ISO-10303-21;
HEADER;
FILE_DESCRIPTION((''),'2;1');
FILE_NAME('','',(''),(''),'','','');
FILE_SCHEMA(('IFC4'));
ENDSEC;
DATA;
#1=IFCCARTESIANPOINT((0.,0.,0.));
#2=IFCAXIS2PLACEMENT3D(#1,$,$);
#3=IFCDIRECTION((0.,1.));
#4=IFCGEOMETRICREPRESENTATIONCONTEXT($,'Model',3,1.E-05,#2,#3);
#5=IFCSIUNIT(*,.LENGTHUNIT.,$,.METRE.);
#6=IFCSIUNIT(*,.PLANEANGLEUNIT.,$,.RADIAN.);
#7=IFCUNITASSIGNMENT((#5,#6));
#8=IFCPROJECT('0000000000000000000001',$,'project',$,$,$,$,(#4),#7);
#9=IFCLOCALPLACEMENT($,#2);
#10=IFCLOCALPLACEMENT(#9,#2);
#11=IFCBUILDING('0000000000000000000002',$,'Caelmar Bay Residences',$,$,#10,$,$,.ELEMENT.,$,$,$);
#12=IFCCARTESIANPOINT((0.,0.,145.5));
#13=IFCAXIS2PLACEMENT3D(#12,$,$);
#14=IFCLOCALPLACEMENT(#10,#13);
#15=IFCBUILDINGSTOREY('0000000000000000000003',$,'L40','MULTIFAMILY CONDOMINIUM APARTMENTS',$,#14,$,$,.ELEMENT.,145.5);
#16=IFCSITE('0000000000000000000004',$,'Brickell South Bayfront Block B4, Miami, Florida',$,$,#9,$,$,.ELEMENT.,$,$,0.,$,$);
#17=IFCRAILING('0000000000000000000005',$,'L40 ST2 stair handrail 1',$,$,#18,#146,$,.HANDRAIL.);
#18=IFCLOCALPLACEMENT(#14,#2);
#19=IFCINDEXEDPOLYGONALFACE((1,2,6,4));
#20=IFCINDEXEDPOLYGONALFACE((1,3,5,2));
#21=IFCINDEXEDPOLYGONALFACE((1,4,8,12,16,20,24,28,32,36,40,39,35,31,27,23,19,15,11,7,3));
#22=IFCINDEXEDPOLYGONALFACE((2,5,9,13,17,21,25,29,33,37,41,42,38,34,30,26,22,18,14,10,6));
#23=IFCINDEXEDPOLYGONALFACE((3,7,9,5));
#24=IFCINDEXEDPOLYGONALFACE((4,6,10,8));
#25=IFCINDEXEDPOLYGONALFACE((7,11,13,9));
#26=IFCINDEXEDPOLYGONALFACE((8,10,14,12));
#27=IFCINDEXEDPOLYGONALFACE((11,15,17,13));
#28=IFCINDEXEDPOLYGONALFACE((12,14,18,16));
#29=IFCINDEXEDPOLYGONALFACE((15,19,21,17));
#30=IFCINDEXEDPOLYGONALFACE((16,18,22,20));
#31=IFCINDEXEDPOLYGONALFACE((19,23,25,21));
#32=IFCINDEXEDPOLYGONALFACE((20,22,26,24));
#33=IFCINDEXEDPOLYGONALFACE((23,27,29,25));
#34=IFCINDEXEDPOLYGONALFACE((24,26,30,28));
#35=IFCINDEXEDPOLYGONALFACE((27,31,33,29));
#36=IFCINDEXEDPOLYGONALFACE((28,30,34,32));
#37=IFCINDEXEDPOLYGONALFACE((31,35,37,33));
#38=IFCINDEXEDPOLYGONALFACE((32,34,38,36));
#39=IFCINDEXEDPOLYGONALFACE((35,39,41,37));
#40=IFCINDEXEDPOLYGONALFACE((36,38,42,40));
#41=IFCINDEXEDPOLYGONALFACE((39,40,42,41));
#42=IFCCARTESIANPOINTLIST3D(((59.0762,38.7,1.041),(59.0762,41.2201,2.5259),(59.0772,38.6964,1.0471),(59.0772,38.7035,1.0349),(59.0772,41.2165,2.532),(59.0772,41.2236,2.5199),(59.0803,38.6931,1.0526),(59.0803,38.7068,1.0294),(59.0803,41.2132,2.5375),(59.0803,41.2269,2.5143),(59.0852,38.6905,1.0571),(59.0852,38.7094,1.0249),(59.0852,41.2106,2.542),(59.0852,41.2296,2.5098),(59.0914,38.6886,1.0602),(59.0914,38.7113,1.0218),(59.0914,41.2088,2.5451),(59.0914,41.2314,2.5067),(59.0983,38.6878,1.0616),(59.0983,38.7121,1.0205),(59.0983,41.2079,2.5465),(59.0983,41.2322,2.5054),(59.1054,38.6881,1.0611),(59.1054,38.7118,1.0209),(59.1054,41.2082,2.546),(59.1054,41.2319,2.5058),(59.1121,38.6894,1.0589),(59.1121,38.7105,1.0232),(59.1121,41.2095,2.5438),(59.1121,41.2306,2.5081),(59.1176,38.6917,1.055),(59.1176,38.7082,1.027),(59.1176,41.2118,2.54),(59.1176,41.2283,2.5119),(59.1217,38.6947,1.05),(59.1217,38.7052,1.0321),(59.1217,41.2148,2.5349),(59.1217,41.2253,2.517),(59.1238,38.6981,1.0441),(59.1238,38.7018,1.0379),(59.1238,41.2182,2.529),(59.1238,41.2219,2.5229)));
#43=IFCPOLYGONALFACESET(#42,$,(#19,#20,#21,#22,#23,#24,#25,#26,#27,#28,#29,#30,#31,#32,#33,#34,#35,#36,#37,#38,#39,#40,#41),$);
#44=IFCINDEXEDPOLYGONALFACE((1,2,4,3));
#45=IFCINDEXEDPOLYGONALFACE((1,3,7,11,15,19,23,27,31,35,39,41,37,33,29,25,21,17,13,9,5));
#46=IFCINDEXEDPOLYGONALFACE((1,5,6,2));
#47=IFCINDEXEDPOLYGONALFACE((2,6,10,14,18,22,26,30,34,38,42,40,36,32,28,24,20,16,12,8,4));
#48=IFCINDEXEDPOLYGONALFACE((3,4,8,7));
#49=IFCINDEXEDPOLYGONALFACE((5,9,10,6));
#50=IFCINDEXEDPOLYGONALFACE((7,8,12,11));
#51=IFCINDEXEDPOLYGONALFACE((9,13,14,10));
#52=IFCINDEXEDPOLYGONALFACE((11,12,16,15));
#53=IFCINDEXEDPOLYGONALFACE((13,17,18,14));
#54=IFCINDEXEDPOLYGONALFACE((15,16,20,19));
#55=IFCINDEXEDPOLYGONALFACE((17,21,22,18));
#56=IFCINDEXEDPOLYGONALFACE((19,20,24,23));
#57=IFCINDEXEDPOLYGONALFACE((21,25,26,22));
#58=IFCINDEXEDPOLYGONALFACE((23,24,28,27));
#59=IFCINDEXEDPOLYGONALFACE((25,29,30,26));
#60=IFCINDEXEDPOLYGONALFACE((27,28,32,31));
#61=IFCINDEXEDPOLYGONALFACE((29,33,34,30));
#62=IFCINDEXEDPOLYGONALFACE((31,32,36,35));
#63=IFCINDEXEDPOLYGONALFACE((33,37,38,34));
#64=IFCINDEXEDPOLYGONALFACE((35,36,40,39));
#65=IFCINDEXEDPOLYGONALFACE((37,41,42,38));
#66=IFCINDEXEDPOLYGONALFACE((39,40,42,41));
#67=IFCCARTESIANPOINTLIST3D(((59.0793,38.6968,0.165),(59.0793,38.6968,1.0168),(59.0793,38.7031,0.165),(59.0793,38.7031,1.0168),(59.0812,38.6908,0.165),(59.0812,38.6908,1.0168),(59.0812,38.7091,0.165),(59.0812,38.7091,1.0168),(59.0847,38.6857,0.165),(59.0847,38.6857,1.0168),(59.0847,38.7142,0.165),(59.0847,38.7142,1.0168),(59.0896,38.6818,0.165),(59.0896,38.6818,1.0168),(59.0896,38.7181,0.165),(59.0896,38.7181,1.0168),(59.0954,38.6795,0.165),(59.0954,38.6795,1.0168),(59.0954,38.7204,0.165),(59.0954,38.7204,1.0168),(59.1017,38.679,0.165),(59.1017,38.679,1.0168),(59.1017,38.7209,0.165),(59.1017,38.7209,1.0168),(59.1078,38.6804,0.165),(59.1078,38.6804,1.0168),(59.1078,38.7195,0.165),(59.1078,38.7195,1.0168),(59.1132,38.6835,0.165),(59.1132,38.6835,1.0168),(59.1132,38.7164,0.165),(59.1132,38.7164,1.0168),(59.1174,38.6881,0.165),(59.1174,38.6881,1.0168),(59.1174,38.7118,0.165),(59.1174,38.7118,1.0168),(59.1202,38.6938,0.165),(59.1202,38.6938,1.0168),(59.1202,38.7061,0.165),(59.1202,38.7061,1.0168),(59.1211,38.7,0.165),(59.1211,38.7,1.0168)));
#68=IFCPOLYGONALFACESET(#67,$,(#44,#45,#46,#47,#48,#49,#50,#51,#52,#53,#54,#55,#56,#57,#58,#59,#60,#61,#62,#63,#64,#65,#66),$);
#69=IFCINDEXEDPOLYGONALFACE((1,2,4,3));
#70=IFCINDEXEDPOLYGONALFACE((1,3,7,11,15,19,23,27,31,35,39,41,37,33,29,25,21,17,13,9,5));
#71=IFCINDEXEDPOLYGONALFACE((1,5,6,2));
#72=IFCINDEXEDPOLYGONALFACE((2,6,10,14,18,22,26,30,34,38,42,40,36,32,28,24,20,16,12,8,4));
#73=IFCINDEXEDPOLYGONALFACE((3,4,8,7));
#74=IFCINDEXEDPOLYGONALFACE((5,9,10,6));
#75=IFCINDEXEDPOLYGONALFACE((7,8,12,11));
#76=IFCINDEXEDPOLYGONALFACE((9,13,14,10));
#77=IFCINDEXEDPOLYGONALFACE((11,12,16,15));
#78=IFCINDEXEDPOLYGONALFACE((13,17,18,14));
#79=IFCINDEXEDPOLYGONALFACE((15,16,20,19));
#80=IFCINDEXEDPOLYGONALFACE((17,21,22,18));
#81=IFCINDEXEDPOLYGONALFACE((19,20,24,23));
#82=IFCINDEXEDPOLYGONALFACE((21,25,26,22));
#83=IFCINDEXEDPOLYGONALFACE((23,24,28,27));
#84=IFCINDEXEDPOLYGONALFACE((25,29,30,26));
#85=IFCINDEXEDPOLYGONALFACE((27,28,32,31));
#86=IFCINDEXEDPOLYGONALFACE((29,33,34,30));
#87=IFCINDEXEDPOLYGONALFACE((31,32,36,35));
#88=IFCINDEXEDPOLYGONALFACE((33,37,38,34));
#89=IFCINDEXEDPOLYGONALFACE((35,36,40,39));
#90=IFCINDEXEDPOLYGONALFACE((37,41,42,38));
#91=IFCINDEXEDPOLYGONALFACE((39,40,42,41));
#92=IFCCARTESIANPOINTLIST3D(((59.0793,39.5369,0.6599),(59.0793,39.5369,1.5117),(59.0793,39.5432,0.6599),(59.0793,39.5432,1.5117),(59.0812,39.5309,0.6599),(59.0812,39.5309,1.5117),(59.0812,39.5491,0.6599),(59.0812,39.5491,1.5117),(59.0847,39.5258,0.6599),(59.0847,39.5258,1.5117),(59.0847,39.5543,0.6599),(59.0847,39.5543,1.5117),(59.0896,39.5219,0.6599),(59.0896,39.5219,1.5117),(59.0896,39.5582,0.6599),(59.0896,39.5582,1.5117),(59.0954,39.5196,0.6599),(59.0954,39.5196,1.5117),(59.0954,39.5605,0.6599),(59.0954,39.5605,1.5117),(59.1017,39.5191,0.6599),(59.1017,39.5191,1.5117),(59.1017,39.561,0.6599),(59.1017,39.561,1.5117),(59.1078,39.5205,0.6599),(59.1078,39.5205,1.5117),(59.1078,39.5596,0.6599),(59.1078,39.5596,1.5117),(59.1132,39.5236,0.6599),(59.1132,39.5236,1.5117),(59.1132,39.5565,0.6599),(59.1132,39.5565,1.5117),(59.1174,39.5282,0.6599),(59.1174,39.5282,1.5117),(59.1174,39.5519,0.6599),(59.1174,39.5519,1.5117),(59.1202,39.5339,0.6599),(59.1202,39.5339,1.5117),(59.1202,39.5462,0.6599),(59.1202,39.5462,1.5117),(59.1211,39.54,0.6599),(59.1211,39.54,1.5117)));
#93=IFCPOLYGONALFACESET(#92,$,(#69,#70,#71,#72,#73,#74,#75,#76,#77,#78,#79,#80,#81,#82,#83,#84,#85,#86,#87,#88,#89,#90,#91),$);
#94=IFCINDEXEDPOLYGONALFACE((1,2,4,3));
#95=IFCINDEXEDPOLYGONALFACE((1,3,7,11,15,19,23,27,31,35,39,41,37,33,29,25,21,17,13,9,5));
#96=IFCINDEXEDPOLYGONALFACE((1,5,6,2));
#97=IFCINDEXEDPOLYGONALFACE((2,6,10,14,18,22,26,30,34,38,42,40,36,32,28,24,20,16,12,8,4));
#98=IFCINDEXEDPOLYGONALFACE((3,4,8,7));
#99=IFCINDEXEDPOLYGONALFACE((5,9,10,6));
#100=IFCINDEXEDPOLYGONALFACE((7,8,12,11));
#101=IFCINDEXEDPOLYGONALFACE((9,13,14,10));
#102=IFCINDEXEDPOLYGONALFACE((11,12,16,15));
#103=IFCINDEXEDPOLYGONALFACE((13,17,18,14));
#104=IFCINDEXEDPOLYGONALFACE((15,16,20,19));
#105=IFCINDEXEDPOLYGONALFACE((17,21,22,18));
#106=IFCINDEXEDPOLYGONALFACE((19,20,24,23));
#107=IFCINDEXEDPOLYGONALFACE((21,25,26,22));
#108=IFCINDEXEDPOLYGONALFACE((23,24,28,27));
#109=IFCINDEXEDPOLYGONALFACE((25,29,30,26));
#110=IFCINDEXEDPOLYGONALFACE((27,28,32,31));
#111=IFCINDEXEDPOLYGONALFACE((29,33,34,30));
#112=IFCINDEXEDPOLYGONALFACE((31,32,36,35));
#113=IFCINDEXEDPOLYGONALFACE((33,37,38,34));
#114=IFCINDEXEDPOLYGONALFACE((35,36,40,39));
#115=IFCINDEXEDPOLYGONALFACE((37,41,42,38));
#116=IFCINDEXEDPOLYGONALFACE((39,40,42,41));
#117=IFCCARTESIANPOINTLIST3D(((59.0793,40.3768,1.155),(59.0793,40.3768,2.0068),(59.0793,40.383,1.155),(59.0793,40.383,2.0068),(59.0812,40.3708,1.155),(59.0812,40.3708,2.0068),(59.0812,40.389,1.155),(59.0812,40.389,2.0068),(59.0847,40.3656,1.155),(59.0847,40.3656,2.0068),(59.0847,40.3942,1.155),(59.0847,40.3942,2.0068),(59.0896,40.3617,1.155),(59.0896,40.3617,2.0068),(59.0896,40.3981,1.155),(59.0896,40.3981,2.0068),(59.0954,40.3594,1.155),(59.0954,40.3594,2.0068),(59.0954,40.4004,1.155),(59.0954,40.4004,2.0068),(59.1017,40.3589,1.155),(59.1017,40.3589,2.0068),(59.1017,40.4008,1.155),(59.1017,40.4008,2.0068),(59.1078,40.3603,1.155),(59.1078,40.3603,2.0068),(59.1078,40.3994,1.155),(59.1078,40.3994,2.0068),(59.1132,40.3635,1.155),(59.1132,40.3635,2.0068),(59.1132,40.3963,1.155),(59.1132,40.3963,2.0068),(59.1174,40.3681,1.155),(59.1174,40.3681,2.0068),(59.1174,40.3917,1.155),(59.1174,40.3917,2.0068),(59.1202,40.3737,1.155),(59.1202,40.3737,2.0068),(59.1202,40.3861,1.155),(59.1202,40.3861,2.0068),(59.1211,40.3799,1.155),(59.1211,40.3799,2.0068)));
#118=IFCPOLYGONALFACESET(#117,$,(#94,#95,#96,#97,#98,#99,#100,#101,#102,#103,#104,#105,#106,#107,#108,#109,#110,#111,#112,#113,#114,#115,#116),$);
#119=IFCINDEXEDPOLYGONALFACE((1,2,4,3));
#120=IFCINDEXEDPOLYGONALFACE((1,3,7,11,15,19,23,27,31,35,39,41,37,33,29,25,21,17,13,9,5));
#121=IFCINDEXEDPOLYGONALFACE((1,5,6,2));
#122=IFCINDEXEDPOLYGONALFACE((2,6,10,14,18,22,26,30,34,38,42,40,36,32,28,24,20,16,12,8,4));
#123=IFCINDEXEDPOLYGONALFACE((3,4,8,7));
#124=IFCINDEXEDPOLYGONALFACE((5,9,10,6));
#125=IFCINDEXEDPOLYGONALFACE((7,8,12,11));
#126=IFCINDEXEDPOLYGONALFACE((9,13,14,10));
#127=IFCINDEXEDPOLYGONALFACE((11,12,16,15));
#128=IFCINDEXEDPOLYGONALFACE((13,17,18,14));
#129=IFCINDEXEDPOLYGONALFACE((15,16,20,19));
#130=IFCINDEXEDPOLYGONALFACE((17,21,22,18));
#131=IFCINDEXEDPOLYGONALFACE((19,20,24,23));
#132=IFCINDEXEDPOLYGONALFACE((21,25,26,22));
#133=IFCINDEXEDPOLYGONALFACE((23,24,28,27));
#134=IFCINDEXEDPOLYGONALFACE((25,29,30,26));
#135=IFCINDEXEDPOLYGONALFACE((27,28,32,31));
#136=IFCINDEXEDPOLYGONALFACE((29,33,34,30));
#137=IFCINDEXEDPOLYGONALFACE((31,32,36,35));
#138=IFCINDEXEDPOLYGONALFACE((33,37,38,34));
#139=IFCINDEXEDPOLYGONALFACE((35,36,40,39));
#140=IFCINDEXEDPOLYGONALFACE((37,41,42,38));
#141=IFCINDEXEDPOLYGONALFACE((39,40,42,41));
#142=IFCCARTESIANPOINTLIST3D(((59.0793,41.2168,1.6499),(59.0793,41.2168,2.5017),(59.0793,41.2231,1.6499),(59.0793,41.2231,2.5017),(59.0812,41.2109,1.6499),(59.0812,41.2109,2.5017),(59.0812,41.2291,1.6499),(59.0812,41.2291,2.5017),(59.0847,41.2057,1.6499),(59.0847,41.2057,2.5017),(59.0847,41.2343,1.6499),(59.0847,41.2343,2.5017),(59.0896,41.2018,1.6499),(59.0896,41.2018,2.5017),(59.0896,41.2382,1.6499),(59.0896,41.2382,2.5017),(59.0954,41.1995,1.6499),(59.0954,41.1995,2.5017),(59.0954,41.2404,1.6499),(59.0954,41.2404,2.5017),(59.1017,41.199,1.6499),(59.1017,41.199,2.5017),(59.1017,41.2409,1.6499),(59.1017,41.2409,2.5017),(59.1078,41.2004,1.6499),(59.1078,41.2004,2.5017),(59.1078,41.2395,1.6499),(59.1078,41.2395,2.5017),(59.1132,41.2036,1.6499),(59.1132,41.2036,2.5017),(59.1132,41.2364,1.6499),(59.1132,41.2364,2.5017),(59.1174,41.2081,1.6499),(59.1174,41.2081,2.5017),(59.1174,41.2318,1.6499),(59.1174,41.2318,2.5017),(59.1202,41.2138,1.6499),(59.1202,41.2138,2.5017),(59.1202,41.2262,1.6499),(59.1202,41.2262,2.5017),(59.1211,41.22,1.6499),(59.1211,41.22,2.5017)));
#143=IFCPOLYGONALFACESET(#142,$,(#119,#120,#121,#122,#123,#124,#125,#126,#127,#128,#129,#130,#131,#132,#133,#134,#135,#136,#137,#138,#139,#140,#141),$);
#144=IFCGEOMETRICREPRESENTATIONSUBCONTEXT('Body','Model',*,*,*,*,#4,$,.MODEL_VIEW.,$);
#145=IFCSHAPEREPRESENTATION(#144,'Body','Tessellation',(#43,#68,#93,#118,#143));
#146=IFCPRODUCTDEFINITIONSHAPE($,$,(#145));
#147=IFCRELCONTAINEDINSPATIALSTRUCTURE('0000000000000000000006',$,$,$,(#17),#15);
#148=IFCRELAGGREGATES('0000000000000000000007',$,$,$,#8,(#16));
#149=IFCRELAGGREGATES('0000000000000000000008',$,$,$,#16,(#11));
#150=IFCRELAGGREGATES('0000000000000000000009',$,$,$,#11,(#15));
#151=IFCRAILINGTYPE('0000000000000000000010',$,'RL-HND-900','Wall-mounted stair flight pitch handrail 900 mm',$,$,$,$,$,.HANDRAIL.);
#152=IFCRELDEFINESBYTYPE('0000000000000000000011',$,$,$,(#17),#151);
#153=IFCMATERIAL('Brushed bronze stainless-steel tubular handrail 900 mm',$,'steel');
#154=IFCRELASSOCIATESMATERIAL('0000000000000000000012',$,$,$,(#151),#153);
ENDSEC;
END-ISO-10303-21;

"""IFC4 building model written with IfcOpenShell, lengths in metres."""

from ifc_helpers import new_model, si_unit, direction, frame, origin, origin_2d, place, context, subcontext, project, spatial, circle, extrude, material, type_object, element, save


model = new_model("IFC4")

# Units and contexts
model_context = context("Model", 3, precision=1e-05, world=origin(), true_north=direction((0.0, 1.0)))
body_context = subcontext(model_context, "Body", "Model", "MODEL_VIEW")
ifc_project = project(units=[si_unit("LENGTHUNIT", "METRE"), si_unit("PLANEANGLEUNIT", "RADIAN")], contexts=[model_context])

# Site, building, storey
site_placement = place(None, origin())
site = spatial("IfcSite", under=ifc_project, at=site_placement, Name="Brickell South Bayfront Block B4, Miami, Florida", CompositionType="ELEMENT", RefElevation=0.0)
building_placement = place(site_placement, origin())
building = spatial("IfcBuilding", under=site, at=building_placement, Name="Caelmar Bay Residences", CompositionType="ELEMENT")
storey_placement = place(building_placement, frame((0.0, 0.0, 145.5)))
storey = spatial("IfcBuildingStorey", under=building, at=storey_placement, Name="L40", Description="MULTIFAMILY CONDOMINIUM APARTMENTS", CompositionType="ELEMENT", Elevation=145.5)

# Railing
ifc_material_1 = material(Name="Brushed bronze stainless-steel tubular handrail 900 mm", Category="steel")
railing_type_1 = type_object("IfcRailingType", Name="RL-HND-900", Description="Wall-mounted stair flight pitch handrail 900 mm", PredefinedType="HANDRAIL", material=ifc_material_1)
railing_1_placement = place(storey_placement, frame((59.1001, 38.7, 0.165)))
element("IfcRailing", 1, at=railing_1_placement, inside=storey, type_object=railing_type_1, Name="L40 ST2 stair handrail 1", PredefinedType="HANDRAIL", context=body_context, shape_type="SweptSolid", body=[
    extrude(circle(Radius=0.0239, at=origin_2d()), frame((0.0, 0.0, 0.876), z_axis=(0.0, 0.861561, 0.507655), x_axis=(-1.0, 0.0, 0.0)), (0.0, 0.0, 1.0), 2.925),
    extrude(circle(Radius=0.021, at=origin_2d()), origin(), (0.0, 0.0, 1.0), 0.8518),
    extrude(circle(Radius=0.021, at=origin_2d()), frame((0.0, 0.8401, 0.4949)), (0.0, 0.0, 1.0), 0.8518),
    extrude(circle(Radius=0.021, at=origin_2d()), frame((0.0, 1.6799, 0.99)), (0.0, 0.0, 1.0), 0.8518),
    extrude(circle(Radius=0.021, at=origin_2d()), frame((0.0, 2.52, 1.4849)), (0.0, 0.0, 1.0), 0.8518),
])

save(model, "model.ifc")
